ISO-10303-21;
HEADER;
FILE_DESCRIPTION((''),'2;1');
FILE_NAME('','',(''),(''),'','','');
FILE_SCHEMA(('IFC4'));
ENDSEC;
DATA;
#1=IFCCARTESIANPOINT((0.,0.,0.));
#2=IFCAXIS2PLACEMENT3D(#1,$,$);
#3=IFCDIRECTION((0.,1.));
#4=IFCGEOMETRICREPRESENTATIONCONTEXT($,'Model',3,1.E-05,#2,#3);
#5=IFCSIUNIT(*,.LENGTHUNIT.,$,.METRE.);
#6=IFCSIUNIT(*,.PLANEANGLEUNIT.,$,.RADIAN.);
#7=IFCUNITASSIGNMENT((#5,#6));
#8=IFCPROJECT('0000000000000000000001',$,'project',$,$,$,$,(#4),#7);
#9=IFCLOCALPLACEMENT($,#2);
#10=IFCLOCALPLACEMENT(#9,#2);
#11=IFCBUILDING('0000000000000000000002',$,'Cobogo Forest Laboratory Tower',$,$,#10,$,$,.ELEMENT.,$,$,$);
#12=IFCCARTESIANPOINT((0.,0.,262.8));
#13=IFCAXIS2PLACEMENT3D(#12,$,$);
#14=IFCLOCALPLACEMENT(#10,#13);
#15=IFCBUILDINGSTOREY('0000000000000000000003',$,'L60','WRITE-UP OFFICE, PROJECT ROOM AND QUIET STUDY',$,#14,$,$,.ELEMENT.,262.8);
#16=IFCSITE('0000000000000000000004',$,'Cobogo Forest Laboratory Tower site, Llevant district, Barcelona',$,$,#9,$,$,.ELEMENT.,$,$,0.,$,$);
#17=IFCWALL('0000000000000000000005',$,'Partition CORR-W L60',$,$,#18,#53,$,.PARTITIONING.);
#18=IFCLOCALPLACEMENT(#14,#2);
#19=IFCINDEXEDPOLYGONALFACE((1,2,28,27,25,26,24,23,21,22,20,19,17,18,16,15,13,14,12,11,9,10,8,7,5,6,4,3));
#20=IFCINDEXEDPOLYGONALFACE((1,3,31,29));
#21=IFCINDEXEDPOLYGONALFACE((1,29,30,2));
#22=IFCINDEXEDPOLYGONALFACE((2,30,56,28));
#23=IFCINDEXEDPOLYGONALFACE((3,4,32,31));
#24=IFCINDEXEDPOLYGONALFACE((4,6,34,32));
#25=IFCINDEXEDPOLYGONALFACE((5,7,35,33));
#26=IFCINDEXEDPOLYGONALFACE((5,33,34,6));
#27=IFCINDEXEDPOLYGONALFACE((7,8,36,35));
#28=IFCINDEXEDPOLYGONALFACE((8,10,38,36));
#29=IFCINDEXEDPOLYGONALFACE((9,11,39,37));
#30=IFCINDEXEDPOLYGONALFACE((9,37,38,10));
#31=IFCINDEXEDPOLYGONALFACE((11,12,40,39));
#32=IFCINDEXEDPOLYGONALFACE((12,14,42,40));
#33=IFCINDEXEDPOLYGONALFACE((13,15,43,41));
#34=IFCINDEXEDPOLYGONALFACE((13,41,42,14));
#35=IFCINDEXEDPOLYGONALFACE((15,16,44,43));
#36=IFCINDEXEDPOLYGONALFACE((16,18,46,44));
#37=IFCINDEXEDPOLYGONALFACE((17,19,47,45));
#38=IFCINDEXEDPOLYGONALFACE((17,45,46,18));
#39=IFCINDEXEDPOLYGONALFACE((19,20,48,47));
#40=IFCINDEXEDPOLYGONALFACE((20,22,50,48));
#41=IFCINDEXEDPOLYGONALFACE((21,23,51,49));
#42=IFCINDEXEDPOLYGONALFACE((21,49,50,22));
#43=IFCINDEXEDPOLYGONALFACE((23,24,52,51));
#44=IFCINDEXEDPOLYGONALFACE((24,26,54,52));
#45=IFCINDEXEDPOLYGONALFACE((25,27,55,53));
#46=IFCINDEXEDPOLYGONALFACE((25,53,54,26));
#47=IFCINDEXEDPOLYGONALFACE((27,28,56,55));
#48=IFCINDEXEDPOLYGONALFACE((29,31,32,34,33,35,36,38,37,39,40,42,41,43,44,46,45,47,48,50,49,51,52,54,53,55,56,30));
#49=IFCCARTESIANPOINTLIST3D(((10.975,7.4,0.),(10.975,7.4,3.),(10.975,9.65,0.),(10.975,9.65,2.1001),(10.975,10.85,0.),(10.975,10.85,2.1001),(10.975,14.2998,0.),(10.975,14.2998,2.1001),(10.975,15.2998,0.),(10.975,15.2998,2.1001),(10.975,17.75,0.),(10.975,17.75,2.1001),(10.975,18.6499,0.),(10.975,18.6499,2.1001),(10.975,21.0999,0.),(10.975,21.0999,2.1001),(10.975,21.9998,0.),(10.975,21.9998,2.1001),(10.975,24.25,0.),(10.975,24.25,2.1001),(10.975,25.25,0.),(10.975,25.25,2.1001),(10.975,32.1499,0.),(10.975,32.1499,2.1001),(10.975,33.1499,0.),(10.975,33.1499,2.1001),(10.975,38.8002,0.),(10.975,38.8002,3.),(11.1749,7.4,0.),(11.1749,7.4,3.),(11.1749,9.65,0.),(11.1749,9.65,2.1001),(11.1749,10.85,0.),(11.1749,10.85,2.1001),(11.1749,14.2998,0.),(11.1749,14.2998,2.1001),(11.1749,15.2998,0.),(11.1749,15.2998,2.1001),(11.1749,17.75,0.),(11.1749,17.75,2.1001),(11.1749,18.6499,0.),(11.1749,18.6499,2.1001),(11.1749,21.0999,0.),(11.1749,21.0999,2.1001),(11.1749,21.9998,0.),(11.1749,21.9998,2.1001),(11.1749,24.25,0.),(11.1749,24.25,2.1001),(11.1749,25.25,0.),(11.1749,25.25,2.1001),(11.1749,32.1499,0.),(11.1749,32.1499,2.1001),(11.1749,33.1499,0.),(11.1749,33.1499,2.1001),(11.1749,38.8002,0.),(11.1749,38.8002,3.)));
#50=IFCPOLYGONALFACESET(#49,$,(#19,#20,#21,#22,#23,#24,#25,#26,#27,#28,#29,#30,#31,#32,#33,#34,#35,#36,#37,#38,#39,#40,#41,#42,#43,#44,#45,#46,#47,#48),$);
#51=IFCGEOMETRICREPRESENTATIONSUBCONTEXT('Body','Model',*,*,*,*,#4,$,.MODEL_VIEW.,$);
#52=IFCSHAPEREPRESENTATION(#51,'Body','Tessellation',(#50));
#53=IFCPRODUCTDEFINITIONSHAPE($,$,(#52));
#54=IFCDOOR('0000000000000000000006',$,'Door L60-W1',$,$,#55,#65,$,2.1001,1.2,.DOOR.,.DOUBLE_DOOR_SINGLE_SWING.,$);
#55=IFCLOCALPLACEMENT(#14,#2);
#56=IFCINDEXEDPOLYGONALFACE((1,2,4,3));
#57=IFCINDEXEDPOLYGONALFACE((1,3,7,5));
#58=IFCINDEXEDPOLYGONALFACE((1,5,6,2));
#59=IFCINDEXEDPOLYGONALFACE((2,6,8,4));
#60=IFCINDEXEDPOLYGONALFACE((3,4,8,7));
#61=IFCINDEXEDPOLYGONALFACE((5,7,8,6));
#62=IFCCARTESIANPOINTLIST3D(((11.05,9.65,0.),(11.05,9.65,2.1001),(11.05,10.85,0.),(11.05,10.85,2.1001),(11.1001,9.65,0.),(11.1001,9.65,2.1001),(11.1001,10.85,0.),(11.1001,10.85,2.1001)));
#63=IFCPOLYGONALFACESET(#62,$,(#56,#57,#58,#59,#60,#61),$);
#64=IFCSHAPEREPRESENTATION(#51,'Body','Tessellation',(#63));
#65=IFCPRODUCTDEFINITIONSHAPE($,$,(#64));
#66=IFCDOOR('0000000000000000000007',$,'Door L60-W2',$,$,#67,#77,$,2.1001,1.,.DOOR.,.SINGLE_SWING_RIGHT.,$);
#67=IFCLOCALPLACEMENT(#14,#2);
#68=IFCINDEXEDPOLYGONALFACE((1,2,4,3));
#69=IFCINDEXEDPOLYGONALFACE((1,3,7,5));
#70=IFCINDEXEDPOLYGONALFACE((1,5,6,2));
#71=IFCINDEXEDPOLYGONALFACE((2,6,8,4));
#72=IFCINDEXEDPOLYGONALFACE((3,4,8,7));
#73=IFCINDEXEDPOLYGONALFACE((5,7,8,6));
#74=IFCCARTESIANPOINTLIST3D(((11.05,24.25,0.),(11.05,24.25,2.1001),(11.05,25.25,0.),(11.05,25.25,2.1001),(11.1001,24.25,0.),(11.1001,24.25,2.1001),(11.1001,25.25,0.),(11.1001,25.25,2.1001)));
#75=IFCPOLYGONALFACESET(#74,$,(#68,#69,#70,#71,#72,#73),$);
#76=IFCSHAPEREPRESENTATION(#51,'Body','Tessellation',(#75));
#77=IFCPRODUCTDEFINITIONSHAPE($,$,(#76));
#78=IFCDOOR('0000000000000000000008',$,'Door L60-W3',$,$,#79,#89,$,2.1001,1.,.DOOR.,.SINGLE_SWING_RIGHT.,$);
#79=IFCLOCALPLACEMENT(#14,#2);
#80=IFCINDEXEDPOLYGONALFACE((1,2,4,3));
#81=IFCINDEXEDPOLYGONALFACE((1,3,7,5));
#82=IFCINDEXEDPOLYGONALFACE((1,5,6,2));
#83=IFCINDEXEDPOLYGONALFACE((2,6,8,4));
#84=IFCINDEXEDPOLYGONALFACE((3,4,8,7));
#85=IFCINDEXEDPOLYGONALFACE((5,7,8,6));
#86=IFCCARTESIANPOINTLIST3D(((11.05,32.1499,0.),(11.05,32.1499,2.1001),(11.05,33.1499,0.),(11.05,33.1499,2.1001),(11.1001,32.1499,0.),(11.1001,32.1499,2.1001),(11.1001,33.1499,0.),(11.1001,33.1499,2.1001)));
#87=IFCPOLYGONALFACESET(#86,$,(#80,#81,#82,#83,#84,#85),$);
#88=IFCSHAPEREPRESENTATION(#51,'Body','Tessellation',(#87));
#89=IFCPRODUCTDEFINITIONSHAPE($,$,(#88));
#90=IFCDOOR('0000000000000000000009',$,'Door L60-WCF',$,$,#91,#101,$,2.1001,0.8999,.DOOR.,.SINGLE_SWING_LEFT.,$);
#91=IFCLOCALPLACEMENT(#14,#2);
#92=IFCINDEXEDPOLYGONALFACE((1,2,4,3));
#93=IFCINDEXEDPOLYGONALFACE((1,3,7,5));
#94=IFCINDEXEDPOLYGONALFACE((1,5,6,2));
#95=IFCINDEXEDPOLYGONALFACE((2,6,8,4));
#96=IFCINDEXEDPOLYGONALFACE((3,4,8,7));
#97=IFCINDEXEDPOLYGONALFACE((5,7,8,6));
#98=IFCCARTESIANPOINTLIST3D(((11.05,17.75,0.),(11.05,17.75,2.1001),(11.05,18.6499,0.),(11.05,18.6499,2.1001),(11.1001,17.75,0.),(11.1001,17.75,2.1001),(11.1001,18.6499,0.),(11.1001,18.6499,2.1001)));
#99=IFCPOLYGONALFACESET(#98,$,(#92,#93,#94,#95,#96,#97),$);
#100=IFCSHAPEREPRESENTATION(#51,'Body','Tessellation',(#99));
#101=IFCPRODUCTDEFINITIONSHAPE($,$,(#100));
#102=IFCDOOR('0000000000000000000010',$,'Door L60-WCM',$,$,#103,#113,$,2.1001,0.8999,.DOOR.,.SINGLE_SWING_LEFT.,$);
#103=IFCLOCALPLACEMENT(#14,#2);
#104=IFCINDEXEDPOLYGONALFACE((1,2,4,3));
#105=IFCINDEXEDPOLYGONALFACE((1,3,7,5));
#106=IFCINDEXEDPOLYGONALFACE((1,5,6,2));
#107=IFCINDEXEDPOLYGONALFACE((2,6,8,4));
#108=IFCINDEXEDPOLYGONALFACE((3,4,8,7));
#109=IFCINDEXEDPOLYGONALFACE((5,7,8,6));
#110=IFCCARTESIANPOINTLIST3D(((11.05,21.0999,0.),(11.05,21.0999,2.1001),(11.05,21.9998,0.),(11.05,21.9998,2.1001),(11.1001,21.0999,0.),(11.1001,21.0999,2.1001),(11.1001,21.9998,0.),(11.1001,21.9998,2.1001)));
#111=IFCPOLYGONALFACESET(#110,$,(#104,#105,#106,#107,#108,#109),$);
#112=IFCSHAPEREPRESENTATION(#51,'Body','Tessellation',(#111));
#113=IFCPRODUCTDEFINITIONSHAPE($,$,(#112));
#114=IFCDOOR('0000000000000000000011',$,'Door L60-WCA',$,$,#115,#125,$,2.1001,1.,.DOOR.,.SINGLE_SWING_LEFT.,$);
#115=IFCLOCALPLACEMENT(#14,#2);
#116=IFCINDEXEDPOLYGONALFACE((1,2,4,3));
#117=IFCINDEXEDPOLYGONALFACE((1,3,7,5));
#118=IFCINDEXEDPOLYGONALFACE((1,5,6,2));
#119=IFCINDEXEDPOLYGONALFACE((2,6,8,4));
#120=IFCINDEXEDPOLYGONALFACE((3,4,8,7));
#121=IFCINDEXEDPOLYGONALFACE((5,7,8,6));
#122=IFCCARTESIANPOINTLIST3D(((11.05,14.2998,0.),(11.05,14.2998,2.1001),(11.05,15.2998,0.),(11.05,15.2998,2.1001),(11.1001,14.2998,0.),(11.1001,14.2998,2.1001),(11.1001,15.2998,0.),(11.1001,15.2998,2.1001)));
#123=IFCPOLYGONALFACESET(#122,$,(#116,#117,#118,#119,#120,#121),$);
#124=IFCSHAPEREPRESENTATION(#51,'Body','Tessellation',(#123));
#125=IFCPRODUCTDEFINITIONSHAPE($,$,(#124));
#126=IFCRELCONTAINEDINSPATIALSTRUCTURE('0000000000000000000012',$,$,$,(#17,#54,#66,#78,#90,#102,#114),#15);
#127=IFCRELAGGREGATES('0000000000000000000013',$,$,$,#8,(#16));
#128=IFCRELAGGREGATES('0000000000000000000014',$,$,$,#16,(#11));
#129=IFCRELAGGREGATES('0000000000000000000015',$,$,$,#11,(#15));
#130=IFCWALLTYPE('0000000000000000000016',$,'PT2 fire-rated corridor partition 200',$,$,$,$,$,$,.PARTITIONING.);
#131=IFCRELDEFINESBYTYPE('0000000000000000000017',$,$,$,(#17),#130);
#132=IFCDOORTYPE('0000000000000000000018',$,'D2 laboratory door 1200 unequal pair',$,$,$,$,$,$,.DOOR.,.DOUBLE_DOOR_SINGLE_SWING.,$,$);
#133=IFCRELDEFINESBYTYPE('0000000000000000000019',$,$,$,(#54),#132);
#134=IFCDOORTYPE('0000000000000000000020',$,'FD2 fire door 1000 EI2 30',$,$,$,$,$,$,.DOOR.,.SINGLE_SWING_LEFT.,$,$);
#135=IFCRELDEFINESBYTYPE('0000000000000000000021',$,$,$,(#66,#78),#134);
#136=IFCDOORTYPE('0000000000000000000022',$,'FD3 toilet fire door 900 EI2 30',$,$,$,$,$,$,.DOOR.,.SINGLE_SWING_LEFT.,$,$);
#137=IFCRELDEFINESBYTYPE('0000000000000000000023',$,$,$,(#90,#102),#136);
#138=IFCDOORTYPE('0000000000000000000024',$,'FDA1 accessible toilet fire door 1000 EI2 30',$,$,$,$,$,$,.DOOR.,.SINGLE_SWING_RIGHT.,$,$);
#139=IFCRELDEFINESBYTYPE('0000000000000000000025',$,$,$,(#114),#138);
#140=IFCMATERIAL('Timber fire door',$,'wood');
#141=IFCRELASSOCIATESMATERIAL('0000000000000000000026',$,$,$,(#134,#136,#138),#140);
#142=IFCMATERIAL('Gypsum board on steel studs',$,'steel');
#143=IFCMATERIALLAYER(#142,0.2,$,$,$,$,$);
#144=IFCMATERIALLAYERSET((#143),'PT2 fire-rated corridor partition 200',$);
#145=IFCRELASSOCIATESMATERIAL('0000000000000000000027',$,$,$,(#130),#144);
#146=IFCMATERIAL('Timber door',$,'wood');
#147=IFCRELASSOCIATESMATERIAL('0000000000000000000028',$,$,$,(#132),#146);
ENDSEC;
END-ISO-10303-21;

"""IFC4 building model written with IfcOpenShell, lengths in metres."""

from ifc_helpers import new_model, si_unit, direction, frame, frame_2d, origin, place, context, subcontext, project, spatial, rectangle, extrude, material, layer, layer_set, type_object, element, fill, save


model = new_model("IFC4")

# Units and contexts
model_context = context("Model", 3, precision=1e-05, world=origin(), true_north=direction((0.0, 1.0)))
body_context = subcontext(model_context, "Body", "Model", "MODEL_VIEW")
ifc_project = project(units=[si_unit("LENGTHUNIT", "METRE"), si_unit("PLANEANGLEUNIT", "RADIAN")], contexts=[model_context])

# Site, building, storey
site_placement = place(None, origin())
site = spatial("IfcSite", under=ifc_project, at=site_placement, Name="Cobogo Forest Laboratory Tower site, Llevant district, Barcelona", CompositionType="ELEMENT", RefElevation=0.0)
building_placement = place(site_placement, origin())
building = spatial("IfcBuilding", under=site, at=building_placement, Name="Cobogo Forest Laboratory Tower", CompositionType="ELEMENT")
storey_placement = place(building_placement, frame((0.0, 0.0, 262.8)))
storey = spatial("IfcBuildingStorey", under=building, at=storey_placement, Name="L60", Description="WRITE-UP OFFICE, PROJECT ROOM AND QUIET STUDY", CompositionType="ELEMENT", Elevation=262.8)

# Shared definitions
ifc_material_1 = material(Name="Gypsum board on steel studs", Category="steel")
ifc_material_2 = material(Name="Timber fire door", Category="wood")
door_type_1 = type_object("IfcDoorType", Name="FD2 fire door 1000 EI2 30", OperationType="SINGLE_SWING_LEFT", PredefinedType="DOOR", material=ifc_material_2)

# Wall, openings, doors
ifc_layer_1 = layer(ifc_material_1, 0.2)
ifc_layer_set_1 = layer_set([ifc_layer_1], Name="PT2 fire-rated corridor partition 200")
wall_type_1 = type_object("IfcWallType", Name="PT2 fire-rated corridor partition 200", PredefinedType="PARTITIONING", material=ifc_layer_set_1)
wall_1_placement = place(storey_placement, frame((11.075, 7.3999, 0.0), z_axis=(0.0, 0.0, 1.0), x_axis=(0.0, 1.0, 0.0)))
wall_1 = element("IfcWall", 1, at=wall_1_placement, inside=storey, type_object=wall_type_1, Name="Partition CORR-W L60", PredefinedType="PARTITIONING", context=body_context, shape_type="SweptSolid", body=[
    extrude(rectangle(XDim=31.4001, YDim=0.2, at=frame_2d((15.7002, 0.0))), origin(), (0.0, 0.0, 1.0), 3.0),
])
opening_1_placement = place(wall_1_placement, frame((2.25, 0.0, 0.0)))
opening_1 = element("IfcOpeningElement", 2, at=opening_1_placement, cuts=wall_1, PredefinedType="OPENING", context=body_context, shape_type="SweptSolid", body=[
    extrude(rectangle(XDim=1.2, YDim=2.1001, at=frame_2d((0.6001, 1.05))), frame((0.0, 0.1099, 0.0), z_axis=(0.0, -1.0, 0.0), x_axis=(1.0, 0.0, 0.0)), (0.0, 0.0, 1.0), 0.22),
])
opening_2_placement = place(wall_1_placement, frame((6.8999, 0.0, 0.0)))
opening_2 = element("IfcOpeningElement", 3, at=opening_2_placement, cuts=wall_1, PredefinedType="OPENING", context=body_context, shape_type="SweptSolid", body=[
    extrude(rectangle(XDim=1.0, YDim=2.1001, at=frame_2d((0.5, 1.05))), frame((0.0, 0.1099, 0.0), z_axis=(0.0, -1.0, 0.0), x_axis=(1.0, 0.0, 0.0)), (0.0, 0.0, 1.0), 0.22),
])
opening_3_placement = place(wall_1_placement, frame((10.3501, 0.0, 0.0)))
opening_3 = element("IfcOpeningElement", 4, at=opening_3_placement, cuts=wall_1, PredefinedType="OPENING", context=body_context, shape_type="SweptSolid", body=[
    extrude(rectangle(XDim=0.8999, YDim=2.1001, at=frame_2d((0.45, 1.05))), frame((0.0, 0.1099, 0.0), z_axis=(0.0, -1.0, 0.0), x_axis=(1.0, 0.0, 0.0)), (0.0, 0.0, 1.0), 0.22),
])
opening_4_placement = place(wall_1_placement, frame((13.7, 0.0, 0.0)))
opening_4 = element("IfcOpeningElement", 5, at=opening_4_placement, cuts=wall_1, PredefinedType="OPENING", context=body_context, shape_type="SweptSolid", body=[
    extrude(rectangle(XDim=0.8999, YDim=2.1001, at=frame_2d((0.45, 1.05))), frame((0.0, 0.1099, 0.0), z_axis=(0.0, -1.0, 0.0), x_axis=(1.0, 0.0, 0.0)), (0.0, 0.0, 1.0), 0.22),
])
opening_5_placement = place(wall_1_placement, frame((16.8501, 0.0, 0.0)))
opening_5 = element("IfcOpeningElement", 6, at=opening_5_placement, cuts=wall_1, PredefinedType="OPENING", context=body_context, shape_type="SweptSolid", body=[
    extrude(rectangle(XDim=1.0, YDim=2.1001, at=frame_2d((0.5, 1.05))), frame((0.0, 0.1099, 0.0), z_axis=(0.0, -1.0, 0.0), x_axis=(1.0, 0.0, 0.0)), (0.0, 0.0, 1.0), 0.22),
])
opening_6_placement = place(wall_1_placement, frame((24.75, 0.0, 0.0)))
opening_6 = element("IfcOpeningElement", 7, at=opening_6_placement, cuts=wall_1, PredefinedType="OPENING", context=body_context, shape_type="SweptSolid", body=[
    extrude(rectangle(XDim=1.0, YDim=2.1001, at=frame_2d((0.5, 1.05))), frame((0.0, 0.1099, 0.0), z_axis=(0.0, -1.0, 0.0), x_axis=(1.0, 0.0, 0.0)), (0.0, 0.0, 1.0), 0.22),
])
ifc_material_3 = material(Name="Timber door", Category="wood")
door_type_2 = type_object("IfcDoorType", Name="D2 laboratory door 1200 unequal pair", OperationType="DOUBLE_DOOR_SINGLE_SWING", PredefinedType="DOOR", material=ifc_material_3)
door_1_placement = place(opening_1_placement, origin())
door_1 = element("IfcDoor", 8, at=door_1_placement, inside=storey, type_object=door_type_2, Name="Door L60-W1", OperationType="DOUBLE_DOOR_SINGLE_SWING", OverallHeight=2.1001, OverallWidth=1.2, PredefinedType="DOOR", context=body_context, shape_type="SweptSolid", body=[
    extrude(rectangle(XDim=1.2, YDim=2.1001, at=frame_2d((0.6001, 1.05))), frame((0.0, 0.0249, 0.0), z_axis=(0.0, -1.0, 0.0), x_axis=(1.0, 0.0, 0.0)), (0.0, 0.0, 1.0), 0.05),
])
fill(opening_1, door_1)
door_2_placement = place(opening_5_placement, origin())
door_2 = element("IfcDoor", 9, at=door_2_placement, inside=storey, type_object=door_type_1, Name="Door L60-W2", OperationType="SINGLE_SWING_RIGHT", OverallHeight=2.1001, OverallWidth=1.0, PredefinedType="DOOR", context=body_context, shape_type="SweptSolid", body=[
    extrude(rectangle(XDim=1.0, YDim=2.1001, at=frame_2d((0.5, 1.05))), frame((0.0, 0.0249, 0.0), z_axis=(0.0, -1.0, 0.0), x_axis=(1.0, 0.0, 0.0)), (0.0, 0.0, 1.0), 0.05),
])
fill(opening_5, door_2)
door_3_placement = place(opening_6_placement, origin())
door_3 = element("IfcDoor", 10, at=door_3_placement, inside=storey, type_object=door_type_1, Name="Door L60-W3", OperationType="SINGLE_SWING_RIGHT", OverallHeight=2.1001, OverallWidth=1.0, PredefinedType="DOOR", context=body_context, shape_type="SweptSolid", body=[
    extrude(rectangle(XDim=1.0, YDim=2.1001, at=frame_2d((0.5, 1.05))), frame((0.0, 0.0249, 0.0), z_axis=(0.0, -1.0, 0.0), x_axis=(1.0, 0.0, 0.0)), (0.0, 0.0, 1.0), 0.05),
])
fill(opening_6, door_3)
door_type_3 = type_object("IfcDoorType", Name="FD3 toilet fire door 900 EI2 30", OperationType="SINGLE_SWING_LEFT", PredefinedType="DOOR", material=ifc_material_2)
door_4_placement = place(opening_3_placement, origin())
door_4 = element("IfcDoor", 11, at=door_4_placement, inside=storey, type_object=door_type_3, Name="Door L60-WCF", OperationType="SINGLE_SWING_LEFT", OverallHeight=2.1001, OverallWidth=0.8999, PredefinedType="DOOR", context=body_context, shape_type="SweptSolid", body=[
    extrude(rectangle(XDim=0.8999, YDim=2.1001, at=frame_2d((0.45, 1.05))), frame((0.0, 0.0249, 0.0), z_axis=(0.0, -1.0, 0.0), x_axis=(1.0, 0.0, 0.0)), (0.0, 0.0, 1.0), 0.05),
])
fill(opening_3, door_4)
door_5_placement = place(opening_4_placement, origin())
door_5 = element("IfcDoor", 12, at=door_5_placement, inside=storey, type_object=door_type_3, Name="Door L60-WCM", OperationType="SINGLE_SWING_LEFT", OverallHeight=2.1001, OverallWidth=0.8999, PredefinedType="DOOR", context=body_context, shape_type="SweptSolid", body=[
    extrude(rectangle(XDim=0.8999, YDim=2.1001, at=frame_2d((0.45, 1.05))), frame((0.0, 0.0249, 0.0), z_axis=(0.0, -1.0, 0.0), x_axis=(1.0, 0.0, 0.0)), (0.0, 0.0, 1.0), 0.05),
])
fill(opening_4, door_5)
door_type_4 = type_object("IfcDoorType", Name="FDA1 accessible toilet fire door 1000 EI2 30", OperationType="SINGLE_SWING_RIGHT", PredefinedType="DOOR", material=ifc_material_2)
door_6_placement = place(opening_2_placement, origin())
door_6 = element("IfcDoor", 13, at=door_6_placement, inside=storey, type_object=door_type_4, Name="Door L60-WCA", OperationType="SINGLE_SWING_LEFT", OverallHeight=2.1001, OverallWidth=1.0, PredefinedType="DOOR", context=body_context, shape_type="SweptSolid", body=[
    extrude(rectangle(XDim=1.0, YDim=2.1001, at=frame_2d((0.5, 1.05))), frame((0.0, 0.0249, 0.0), z_axis=(0.0, -1.0, 0.0), x_axis=(1.0, 0.0, 0.0)), (0.0, 0.0, 1.0), 0.05),
])
fill(opening_2, door_6)

save(model, "model.ifc")
